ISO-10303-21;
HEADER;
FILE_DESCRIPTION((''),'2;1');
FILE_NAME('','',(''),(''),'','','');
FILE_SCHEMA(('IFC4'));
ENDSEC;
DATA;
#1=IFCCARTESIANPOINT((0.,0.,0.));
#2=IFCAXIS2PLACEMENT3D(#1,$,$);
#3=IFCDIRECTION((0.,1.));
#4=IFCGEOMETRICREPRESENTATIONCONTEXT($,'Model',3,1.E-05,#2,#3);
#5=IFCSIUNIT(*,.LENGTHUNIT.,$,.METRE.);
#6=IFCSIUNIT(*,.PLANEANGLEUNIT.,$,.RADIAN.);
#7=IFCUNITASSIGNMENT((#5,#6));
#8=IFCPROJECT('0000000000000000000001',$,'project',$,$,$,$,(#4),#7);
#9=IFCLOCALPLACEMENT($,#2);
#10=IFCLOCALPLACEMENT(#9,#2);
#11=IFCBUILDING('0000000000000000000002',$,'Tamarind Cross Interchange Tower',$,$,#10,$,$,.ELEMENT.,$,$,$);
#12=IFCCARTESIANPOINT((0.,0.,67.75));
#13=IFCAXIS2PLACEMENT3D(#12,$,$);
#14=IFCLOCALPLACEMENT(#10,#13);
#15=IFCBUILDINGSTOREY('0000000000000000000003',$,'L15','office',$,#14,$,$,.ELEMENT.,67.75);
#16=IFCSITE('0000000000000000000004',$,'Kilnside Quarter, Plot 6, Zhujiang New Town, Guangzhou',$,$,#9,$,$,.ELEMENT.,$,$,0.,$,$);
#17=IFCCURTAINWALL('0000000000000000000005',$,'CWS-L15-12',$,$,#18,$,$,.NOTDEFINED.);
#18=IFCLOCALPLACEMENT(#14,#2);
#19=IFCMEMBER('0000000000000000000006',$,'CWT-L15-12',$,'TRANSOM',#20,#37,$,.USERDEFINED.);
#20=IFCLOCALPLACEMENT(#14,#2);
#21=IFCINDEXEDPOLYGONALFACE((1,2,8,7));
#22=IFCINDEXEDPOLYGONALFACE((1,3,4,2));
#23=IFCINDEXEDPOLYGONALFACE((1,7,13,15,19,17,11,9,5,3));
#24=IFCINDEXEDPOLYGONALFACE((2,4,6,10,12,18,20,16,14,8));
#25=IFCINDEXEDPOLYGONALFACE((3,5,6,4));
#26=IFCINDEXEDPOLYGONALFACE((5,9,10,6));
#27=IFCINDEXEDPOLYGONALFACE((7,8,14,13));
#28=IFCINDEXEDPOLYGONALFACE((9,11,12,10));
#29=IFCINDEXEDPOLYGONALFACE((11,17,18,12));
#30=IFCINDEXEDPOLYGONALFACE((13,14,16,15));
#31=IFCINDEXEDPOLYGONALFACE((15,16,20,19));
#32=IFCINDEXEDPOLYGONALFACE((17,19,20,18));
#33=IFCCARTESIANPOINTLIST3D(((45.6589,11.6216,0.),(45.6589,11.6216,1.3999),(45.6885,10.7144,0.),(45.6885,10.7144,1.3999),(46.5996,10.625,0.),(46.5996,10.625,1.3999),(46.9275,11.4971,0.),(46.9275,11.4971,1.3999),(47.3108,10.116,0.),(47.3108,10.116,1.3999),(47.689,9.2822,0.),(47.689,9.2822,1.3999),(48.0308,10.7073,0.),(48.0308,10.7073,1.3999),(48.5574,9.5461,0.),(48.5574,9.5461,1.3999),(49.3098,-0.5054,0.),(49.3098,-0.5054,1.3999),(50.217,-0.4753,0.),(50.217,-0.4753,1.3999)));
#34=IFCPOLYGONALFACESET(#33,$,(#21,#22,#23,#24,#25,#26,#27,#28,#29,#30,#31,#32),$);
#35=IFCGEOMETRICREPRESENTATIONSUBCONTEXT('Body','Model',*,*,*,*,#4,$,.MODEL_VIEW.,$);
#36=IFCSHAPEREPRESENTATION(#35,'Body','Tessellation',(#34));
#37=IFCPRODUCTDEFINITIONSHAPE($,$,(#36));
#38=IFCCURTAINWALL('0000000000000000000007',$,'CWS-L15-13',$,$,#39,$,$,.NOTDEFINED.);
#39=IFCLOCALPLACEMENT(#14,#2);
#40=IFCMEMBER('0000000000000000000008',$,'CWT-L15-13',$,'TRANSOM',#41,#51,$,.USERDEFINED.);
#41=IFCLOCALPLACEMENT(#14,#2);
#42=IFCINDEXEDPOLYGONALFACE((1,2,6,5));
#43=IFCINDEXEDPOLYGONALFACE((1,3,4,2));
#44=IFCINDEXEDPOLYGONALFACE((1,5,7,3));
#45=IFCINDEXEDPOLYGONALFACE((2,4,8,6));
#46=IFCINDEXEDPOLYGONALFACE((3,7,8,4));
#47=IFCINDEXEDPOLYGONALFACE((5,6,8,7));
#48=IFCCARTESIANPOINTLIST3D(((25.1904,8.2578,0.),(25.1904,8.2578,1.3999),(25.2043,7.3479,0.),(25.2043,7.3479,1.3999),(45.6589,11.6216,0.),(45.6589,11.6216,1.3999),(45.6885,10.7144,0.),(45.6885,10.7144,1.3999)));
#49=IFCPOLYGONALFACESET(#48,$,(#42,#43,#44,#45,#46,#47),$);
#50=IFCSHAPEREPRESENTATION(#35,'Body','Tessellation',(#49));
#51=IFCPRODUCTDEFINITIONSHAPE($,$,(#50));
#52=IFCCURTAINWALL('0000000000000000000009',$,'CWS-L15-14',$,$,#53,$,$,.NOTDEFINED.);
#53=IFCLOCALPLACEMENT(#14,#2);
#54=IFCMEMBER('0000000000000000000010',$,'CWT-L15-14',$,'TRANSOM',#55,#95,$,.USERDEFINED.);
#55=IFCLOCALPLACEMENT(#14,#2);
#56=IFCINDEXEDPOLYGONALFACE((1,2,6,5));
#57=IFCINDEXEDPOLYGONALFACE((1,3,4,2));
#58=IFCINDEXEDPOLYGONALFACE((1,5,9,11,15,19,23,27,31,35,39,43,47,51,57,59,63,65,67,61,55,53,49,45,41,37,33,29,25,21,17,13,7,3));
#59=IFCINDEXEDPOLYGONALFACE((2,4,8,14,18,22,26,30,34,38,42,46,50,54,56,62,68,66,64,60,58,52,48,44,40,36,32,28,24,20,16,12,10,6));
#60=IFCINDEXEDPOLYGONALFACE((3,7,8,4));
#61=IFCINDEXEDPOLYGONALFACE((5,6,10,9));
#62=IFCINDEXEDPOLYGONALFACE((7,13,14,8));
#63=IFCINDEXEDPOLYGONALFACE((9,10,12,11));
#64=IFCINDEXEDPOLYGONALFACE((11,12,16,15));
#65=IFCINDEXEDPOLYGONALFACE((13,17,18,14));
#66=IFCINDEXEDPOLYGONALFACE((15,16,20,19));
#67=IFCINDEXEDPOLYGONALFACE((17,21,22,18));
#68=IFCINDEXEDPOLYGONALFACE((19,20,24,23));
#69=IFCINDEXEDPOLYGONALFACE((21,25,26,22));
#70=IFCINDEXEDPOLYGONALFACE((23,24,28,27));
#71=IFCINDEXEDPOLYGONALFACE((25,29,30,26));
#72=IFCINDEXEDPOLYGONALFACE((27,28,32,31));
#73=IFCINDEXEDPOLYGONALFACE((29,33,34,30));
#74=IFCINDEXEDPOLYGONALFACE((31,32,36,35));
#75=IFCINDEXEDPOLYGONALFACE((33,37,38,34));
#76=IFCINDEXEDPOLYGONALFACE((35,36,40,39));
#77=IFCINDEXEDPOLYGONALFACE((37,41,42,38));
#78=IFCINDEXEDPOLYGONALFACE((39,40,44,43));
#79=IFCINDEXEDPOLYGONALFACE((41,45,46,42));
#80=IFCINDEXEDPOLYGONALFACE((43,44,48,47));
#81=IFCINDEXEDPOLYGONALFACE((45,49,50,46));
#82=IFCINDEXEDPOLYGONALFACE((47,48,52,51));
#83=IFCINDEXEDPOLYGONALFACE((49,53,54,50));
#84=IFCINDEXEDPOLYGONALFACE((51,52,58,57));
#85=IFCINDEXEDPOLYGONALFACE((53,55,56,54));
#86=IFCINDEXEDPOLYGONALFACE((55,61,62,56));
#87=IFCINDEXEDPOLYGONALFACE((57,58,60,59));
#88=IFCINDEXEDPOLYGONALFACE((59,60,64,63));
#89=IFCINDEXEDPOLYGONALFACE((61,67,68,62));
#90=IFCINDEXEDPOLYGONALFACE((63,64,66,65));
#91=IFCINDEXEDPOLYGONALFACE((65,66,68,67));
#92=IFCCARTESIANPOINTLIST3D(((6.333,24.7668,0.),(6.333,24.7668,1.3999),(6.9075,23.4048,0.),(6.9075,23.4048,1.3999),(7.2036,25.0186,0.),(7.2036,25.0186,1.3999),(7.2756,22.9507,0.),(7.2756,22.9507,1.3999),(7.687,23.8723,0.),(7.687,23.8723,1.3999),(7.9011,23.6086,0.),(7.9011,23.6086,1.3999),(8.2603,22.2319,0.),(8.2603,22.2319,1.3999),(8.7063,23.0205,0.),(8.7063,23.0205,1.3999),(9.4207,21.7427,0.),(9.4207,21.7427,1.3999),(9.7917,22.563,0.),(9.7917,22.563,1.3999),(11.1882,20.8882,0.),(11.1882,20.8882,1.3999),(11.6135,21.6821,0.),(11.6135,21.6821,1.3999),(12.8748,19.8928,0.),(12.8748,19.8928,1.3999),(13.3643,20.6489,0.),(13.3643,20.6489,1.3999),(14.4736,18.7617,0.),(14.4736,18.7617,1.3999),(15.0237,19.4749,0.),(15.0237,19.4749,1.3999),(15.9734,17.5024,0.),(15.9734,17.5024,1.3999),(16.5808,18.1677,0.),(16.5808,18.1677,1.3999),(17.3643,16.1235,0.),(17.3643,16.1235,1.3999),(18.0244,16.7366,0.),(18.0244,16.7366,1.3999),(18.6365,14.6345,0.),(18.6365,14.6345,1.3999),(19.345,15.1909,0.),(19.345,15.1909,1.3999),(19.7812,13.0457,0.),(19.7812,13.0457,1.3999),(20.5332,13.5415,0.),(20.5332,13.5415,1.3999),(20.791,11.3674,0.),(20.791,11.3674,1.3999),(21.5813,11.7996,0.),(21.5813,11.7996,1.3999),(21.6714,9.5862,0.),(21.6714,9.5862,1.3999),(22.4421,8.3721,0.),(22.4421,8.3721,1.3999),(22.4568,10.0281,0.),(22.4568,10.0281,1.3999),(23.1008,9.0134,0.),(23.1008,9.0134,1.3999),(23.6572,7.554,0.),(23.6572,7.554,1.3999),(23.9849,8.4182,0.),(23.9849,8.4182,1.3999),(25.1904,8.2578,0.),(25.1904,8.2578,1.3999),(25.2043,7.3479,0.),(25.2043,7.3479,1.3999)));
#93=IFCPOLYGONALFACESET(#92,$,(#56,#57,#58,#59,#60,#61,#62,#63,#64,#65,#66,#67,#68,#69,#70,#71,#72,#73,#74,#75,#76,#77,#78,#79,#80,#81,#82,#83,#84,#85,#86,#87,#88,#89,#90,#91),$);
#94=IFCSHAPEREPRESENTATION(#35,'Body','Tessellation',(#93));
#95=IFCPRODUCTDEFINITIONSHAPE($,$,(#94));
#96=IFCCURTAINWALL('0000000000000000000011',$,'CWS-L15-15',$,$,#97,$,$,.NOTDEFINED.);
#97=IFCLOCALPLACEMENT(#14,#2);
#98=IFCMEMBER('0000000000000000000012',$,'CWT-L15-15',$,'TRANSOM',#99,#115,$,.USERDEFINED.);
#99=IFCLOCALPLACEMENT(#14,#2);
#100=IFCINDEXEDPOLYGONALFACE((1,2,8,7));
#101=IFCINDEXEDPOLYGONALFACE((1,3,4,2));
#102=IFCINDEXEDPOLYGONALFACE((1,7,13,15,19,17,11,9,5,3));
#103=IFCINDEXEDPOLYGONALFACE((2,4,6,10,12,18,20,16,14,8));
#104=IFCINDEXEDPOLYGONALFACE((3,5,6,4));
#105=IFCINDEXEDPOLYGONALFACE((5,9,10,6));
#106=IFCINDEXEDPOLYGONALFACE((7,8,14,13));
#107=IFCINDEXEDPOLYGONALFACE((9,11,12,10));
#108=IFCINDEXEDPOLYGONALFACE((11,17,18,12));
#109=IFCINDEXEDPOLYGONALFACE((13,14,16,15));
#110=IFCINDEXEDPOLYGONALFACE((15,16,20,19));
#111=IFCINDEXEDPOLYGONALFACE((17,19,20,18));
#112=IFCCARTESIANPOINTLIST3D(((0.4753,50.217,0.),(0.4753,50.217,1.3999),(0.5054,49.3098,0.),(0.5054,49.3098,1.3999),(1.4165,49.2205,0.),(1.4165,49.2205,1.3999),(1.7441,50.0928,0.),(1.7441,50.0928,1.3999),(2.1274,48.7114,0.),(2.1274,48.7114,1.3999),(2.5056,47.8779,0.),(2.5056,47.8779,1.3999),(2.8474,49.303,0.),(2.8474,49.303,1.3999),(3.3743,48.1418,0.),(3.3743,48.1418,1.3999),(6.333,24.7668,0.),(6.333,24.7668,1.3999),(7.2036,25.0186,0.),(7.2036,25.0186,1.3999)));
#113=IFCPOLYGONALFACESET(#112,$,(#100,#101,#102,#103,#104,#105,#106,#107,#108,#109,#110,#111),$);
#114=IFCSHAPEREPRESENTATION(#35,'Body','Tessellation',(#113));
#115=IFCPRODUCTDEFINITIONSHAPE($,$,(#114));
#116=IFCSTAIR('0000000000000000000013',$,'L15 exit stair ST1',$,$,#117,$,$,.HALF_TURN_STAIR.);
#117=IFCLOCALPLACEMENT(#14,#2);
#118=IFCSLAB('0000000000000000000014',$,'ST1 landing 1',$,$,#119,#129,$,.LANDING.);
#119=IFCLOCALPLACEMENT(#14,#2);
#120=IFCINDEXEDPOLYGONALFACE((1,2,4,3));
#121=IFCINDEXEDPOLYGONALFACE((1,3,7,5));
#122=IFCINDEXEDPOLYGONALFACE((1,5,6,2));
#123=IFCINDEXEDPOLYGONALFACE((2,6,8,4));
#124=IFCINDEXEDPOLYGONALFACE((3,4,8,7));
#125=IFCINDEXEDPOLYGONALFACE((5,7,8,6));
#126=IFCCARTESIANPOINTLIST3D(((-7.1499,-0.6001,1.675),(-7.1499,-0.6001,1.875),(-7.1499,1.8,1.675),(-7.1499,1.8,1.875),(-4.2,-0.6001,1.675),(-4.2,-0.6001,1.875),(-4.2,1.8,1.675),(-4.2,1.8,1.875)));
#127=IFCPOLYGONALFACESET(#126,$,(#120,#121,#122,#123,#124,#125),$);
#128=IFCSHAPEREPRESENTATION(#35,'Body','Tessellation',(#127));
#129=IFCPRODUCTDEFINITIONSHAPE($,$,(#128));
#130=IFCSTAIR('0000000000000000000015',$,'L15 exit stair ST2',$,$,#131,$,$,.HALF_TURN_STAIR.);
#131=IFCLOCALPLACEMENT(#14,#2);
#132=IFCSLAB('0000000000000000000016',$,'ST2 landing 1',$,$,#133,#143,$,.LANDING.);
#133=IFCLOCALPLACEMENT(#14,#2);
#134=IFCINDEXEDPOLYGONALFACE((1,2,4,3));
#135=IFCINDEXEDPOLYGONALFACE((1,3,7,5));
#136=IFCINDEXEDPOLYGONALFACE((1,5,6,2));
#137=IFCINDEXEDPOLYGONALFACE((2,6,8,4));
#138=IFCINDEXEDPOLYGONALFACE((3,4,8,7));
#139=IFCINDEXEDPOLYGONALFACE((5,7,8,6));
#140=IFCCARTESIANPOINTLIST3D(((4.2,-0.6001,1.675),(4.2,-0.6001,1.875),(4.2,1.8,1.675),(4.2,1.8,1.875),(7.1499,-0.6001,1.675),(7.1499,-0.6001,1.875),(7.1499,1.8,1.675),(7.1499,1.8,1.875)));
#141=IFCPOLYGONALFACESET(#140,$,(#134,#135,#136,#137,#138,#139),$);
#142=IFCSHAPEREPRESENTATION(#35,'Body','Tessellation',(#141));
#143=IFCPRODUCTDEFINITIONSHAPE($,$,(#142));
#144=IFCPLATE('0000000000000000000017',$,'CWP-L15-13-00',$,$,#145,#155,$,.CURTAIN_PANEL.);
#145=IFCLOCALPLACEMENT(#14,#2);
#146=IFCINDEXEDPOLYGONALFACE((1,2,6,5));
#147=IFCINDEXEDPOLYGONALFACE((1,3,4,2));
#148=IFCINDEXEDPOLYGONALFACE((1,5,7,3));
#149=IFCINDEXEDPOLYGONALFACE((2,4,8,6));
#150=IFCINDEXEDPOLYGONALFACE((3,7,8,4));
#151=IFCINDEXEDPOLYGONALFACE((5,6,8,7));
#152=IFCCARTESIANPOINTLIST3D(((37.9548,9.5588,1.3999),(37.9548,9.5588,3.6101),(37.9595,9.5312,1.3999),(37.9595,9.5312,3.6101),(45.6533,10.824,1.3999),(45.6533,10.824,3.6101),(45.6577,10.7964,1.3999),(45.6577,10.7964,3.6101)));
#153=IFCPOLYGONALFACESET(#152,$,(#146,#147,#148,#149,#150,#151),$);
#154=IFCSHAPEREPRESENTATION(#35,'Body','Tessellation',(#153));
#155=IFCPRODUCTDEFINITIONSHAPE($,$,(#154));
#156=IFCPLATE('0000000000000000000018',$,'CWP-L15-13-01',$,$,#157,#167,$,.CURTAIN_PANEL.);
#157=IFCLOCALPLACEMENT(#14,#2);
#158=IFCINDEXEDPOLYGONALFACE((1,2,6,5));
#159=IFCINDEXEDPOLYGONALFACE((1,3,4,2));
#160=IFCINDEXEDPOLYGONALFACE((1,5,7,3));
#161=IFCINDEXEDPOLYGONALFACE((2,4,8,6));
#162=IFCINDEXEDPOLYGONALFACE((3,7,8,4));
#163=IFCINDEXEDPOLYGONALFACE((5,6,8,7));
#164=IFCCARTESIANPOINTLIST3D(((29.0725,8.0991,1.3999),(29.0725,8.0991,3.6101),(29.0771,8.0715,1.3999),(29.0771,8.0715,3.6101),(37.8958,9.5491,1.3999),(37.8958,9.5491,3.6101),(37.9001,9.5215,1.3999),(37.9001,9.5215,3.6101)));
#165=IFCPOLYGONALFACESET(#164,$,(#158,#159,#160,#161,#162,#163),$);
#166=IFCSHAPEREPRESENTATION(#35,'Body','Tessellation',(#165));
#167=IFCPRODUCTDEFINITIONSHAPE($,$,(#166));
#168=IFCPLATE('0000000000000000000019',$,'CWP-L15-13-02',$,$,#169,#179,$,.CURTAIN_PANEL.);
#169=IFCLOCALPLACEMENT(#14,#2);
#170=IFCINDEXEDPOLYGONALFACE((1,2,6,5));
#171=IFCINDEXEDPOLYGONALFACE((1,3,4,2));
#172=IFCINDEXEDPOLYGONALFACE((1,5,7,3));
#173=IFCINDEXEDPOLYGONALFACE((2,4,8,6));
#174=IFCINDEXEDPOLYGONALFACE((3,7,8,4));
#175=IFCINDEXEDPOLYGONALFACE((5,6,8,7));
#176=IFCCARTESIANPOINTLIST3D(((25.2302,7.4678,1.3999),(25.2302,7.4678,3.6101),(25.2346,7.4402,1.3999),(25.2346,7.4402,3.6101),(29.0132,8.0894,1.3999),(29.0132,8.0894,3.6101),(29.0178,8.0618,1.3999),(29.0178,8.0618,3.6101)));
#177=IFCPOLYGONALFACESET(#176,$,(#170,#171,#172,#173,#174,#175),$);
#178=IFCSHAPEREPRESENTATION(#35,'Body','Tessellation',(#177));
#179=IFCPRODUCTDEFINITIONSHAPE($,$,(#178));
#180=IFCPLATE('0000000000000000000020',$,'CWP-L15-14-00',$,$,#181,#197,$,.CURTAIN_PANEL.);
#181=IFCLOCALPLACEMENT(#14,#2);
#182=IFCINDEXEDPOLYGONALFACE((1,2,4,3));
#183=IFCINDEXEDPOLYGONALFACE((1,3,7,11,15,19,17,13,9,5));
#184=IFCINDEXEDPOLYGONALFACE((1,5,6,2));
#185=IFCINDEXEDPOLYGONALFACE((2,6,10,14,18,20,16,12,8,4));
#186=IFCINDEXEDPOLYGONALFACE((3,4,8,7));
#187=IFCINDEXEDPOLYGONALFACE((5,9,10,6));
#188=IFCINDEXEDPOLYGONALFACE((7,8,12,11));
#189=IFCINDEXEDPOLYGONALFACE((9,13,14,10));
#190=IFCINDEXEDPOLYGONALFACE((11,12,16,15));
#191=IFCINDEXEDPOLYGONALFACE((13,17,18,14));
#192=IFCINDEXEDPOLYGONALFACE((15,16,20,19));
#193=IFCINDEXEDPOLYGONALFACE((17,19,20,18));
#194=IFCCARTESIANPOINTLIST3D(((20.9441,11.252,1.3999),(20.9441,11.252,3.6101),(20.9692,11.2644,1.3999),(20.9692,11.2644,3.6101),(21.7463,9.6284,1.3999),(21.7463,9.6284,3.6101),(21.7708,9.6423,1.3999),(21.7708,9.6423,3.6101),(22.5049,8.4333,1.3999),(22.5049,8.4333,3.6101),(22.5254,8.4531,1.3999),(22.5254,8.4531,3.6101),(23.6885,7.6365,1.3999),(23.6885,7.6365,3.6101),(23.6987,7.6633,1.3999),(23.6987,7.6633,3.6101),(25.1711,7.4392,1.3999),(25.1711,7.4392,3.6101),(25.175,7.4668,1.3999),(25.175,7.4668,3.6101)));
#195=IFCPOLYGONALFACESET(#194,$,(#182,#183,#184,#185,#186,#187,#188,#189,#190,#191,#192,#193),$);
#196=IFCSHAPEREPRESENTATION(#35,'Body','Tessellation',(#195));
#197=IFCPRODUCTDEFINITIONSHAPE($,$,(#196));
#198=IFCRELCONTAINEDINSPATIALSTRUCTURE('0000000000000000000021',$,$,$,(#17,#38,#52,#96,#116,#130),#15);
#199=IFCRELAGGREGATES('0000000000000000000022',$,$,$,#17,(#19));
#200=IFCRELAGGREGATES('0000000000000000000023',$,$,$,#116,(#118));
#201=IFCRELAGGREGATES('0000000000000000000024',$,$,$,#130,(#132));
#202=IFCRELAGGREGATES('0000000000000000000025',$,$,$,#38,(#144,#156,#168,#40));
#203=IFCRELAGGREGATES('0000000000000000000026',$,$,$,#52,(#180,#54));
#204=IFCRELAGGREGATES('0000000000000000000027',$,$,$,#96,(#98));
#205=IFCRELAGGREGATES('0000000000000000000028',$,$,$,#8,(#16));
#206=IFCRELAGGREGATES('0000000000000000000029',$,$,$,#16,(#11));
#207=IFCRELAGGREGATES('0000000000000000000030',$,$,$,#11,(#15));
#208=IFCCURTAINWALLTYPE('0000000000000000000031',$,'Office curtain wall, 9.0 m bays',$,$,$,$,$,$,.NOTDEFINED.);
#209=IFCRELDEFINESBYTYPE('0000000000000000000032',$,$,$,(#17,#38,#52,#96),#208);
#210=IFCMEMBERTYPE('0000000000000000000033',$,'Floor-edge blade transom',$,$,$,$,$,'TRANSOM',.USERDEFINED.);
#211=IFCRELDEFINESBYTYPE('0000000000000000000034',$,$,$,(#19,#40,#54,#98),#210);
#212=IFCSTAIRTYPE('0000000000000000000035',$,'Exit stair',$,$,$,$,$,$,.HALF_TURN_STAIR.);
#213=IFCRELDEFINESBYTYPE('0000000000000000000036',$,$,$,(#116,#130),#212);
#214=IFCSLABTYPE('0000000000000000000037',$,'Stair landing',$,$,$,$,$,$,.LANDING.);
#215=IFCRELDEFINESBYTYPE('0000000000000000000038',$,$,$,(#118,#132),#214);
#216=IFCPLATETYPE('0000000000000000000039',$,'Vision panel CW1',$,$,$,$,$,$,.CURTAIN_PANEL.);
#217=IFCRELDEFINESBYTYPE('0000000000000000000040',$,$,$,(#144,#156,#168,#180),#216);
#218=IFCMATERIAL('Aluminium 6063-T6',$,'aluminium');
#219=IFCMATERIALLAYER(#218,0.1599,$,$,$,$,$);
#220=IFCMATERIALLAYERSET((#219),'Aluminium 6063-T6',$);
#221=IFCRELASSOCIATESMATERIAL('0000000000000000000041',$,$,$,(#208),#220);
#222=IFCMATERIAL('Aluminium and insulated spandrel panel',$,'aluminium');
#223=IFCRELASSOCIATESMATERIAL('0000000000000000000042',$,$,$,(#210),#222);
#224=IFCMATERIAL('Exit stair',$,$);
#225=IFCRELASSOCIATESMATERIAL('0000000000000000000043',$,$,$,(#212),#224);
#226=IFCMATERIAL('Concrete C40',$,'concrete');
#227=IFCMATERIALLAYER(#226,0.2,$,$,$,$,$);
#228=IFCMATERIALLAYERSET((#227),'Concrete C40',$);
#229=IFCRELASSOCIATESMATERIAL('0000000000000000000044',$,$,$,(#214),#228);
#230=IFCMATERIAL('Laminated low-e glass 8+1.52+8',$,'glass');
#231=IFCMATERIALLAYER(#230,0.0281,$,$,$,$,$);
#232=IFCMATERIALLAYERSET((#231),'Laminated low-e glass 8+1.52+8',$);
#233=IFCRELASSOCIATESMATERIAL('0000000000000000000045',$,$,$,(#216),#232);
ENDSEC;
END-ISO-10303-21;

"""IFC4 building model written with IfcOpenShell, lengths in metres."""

from ifc_helpers import new_model, si_unit, direction, frame, origin, place, context, subcontext, project, spatial, polyline, outline, extrude, material, layer, layer_set, type_object, element, aggregate, save


model = new_model("IFC4")

# Units and contexts
model_context = context("Model", 3, precision=1e-05, world=origin(), true_north=direction((0.0, 1.0)))
body_context = subcontext(model_context, "Body", "Model", "MODEL_VIEW")
ifc_project = project(units=[si_unit("LENGTHUNIT", "METRE"), si_unit("PLANEANGLEUNIT", "RADIAN")], contexts=[model_context])

# Site, building, storey
site_placement = place(None, origin())
site = spatial("IfcSite", under=ifc_project, at=site_placement, Name="Kilnside Quarter, Plot 6, Zhujiang New Town, Guangzhou", CompositionType="ELEMENT", RefElevation=0.0)
building_placement = place(site_placement, origin())
building = spatial("IfcBuilding", under=site, at=building_placement, Name="Tamarind Cross Interchange Tower", CompositionType="ELEMENT")
storey_placement = place(building_placement, frame((0.0, 0.0, 67.75)))
storey = spatial("IfcBuildingStorey", under=building, at=storey_placement, Name="L15", Description="office", CompositionType="ELEMENT", Elevation=67.75)

# Curtain walls, members
ifc_material_1 = material(Name="Aluminium 6063-T6", Category="aluminium")
ifc_layer_1 = layer(ifc_material_1, 0.1599)
ifc_layer_set_1 = layer_set([ifc_layer_1], Name="Aluminium 6063-T6")
curtain_wall_type = type_object("IfcCurtainWallType", Name="Office curtain wall, 9.0 m bays", PredefinedType="NOTDEFINED", material=ifc_layer_set_1)
curtain_wall_1_placement = place(storey_placement, origin())
curtain_wall_1 = element("IfcCurtainWall", 1, at=curtain_wall_1_placement, inside=storey, type_object=curtain_wall_type, Name="CWS-L15-12", PredefinedType="NOTDEFINED")
ifc_material_2 = material(Name="Aluminium and insulated spandrel panel", Category="aluminium")
member_type = type_object("IfcMemberType", Name="Floor-edge blade transom", ElementType="TRANSOM", PredefinedType="USERDEFINED", material=ifc_material_2)
member_1_placement = place(storey_placement, origin())
member_1 = element("IfcMember", 2, at=member_1_placement, type_object=member_type, Name="CWT-L15-12", ObjectType="TRANSOM", PredefinedType="USERDEFINED", context=body_context, shape_type="SweptSolid", body=[
    extrude(outline(polyline([(49.3098, -0.5054), (47.689, 9.2822), (47.3108, 10.116), (46.5996, 10.625), (45.6885, 10.7144), (45.6589, 11.6216), (46.9275, 11.4971), (48.0308, 10.7073), (48.5574, 9.5461), (50.217, -0.4753), (49.3098, -0.5054)])), origin(), (0.0, 0.0, 1.0), 1.3999),
])
aggregate(curtain_wall_1, [member_1])
curtain_wall_2_placement = place(storey_placement, origin())
curtain_wall_2 = element("IfcCurtainWall", 3, at=curtain_wall_2_placement, inside=storey, type_object=curtain_wall_type, Name="CWS-L15-13", PredefinedType="NOTDEFINED")
member_2_placement = place(storey_placement, origin())
member_2 = element("IfcMember", 4, at=member_2_placement, type_object=member_type, Name="CWT-L15-13", ObjectType="TRANSOM", PredefinedType="USERDEFINED", context=body_context, shape_type="SweptSolid", body=[
    extrude(outline(polyline([(45.6885, 10.7144), (25.2043, 7.3479), (25.1904, 8.2578), (45.6589, 11.6216), (45.6885, 10.7144)])), origin(), (0.0, 0.0, 1.0), 1.3999),
])
curtain_wall_3_placement = place(storey_placement, origin())
curtain_wall_3 = element("IfcCurtainWall", 5, at=curtain_wall_3_placement, inside=storey, type_object=curtain_wall_type, Name="CWS-L15-14", PredefinedType="NOTDEFINED")
member_3_placement = place(storey_placement, origin())
member_3 = element("IfcMember", 6, at=member_3_placement, type_object=member_type, Name="CWT-L15-14", ObjectType="TRANSOM", PredefinedType="USERDEFINED", context=body_context, shape_type="SweptSolid", body=[
    extrude(outline(polyline([(25.2043, 7.3479), (23.6572, 7.554), (22.4421, 8.3721), (21.6714, 9.5862), (20.791, 11.3674), (19.7812, 13.0457), (18.6365, 14.6345), (17.3643, 16.1235), (15.9734, 17.5024), (14.4736, 18.7617), (12.8748, 19.8928), (11.1882, 20.8882), (9.4207, 21.7427), (8.2603, 22.2319), (7.2756, 22.9507), (6.9075, 23.4048), (6.333, 24.7668), (7.2036, 25.0186), (7.687, 23.8723), (7.9011, 23.6086), (8.7063, 23.0205), (9.7917, 22.563), (11.6135, 21.6821), (13.3643, 20.6489), (15.0237, 19.4749), (16.5808, 18.1677), (18.0244, 16.7366), (19.345, 15.1909), (20.5332, 13.5415), (21.5813, 11.7996), (22.4568, 10.0281), (23.1008, 9.0134), (23.9849, 8.4182), (25.1904, 8.2578), (25.2043, 7.3479)])), origin(), (0.0, 0.0, 1.0), 1.3999),
])
curtain_wall_4_placement = place(storey_placement, origin())
curtain_wall_4 = element("IfcCurtainWall", 7, at=curtain_wall_4_placement, inside=storey, type_object=curtain_wall_type, Name="CWS-L15-15", PredefinedType="NOTDEFINED")
member_4_placement = place(storey_placement, origin())
member_4 = element("IfcMember", 8, at=member_4_placement, type_object=member_type, Name="CWT-L15-15", ObjectType="TRANSOM", PredefinedType="USERDEFINED", context=body_context, shape_type="SweptSolid", body=[
    extrude(outline(polyline([(6.333, 24.7668), (2.5056, 47.8779), (2.1274, 48.7114), (1.4165, 49.2205), (0.5054, 49.3098), (0.4753, 50.217), (1.7441, 50.0928), (2.8474, 49.303), (3.3743, 48.1418), (7.2036, 25.0186), (6.333, 24.7668)])), origin(), (0.0, 0.0, 1.0), 1.3999),
])

# Stairs, slabs
ifc_material_3 = material(Name="Exit stair")
stair_type = type_object("IfcStairType", Name="Exit stair", PredefinedType="HALF_TURN_STAIR", material=ifc_material_3)
stair_1_placement = place(storey_placement, origin())
stair_1 = element("IfcStair", 9, at=stair_1_placement, inside=storey, type_object=stair_type, Name="L15 exit stair ST1", PredefinedType="HALF_TURN_STAIR")
ifc_material_4 = material(Name="Concrete C40", Category="concrete")
ifc_layer_2 = layer(ifc_material_4, 0.2)
ifc_layer_set_2 = layer_set([ifc_layer_2], Name="Concrete C40")
slab_type = type_object("IfcSlabType", Name="Stair landing", PredefinedType="LANDING", material=ifc_layer_set_2)
slab_1_placement = place(storey_placement, frame((0.0, 0.0, 1.675)))
slab_1 = element("IfcSlab", 10, at=slab_1_placement, type_object=slab_type, Name="ST1 landing 1", PredefinedType="LANDING", context=body_context, shape_type="SweptSolid", body=[
    extrude(outline(polyline([(-4.2, -0.6001), (-4.2, 1.8), (-7.1499, 1.8), (-7.1499, -0.6001), (-4.2, -0.6001)])), origin(), (0.0, 0.0, 1.0), 0.2),
])
aggregate(stair_1, [slab_1])
stair_2_placement = place(storey_placement, origin())
stair_2 = element("IfcStair", 11, at=stair_2_placement, inside=storey, type_object=stair_type, Name="L15 exit stair ST2", PredefinedType="HALF_TURN_STAIR")
slab_2_placement = place(storey_placement, frame((0.0, 0.0, 1.675)))
slab_2 = element("IfcSlab", 12, at=slab_2_placement, type_object=slab_type, Name="ST2 landing 1", PredefinedType="LANDING", context=body_context, shape_type="SweptSolid", body=[
    extrude(outline(polyline([(7.1499, -0.6001), (7.1499, 1.8), (4.2, 1.8), (4.2, -0.6001), (7.1499, -0.6001)])), origin(), (0.0, 0.0, 1.0), 0.2),
])
aggregate(stair_2, [slab_2])

# Plates
ifc_material_5 = material(Name="Laminated low-e glass 8+1.52+8", Category="glass")
ifc_layer_3 = layer(ifc_material_5, 0.0281)
ifc_layer_set_3 = layer_set([ifc_layer_3], Name="Laminated low-e glass 8+1.52+8")
plate_type = type_object("IfcPlateType", Name="Vision panel CW1", PredefinedType="CURTAIN_PANEL", material=ifc_layer_set_3)
plate_1_placement = place(storey_placement, frame((0.0, 0.0, 1.3999)))
plate_1 = element("IfcPlate", 13, at=plate_1_placement, type_object=plate_type, Name="CWP-L15-13-00", PredefinedType="CURTAIN_PANEL", context=body_context, shape_type="SweptSolid", body=[
    extrude(outline(polyline([(45.6577, 10.7964), (37.9595, 9.5312), (37.9548, 9.5588), (45.6533, 10.824), (45.6577, 10.7964)])), origin(), (0.0, 0.0, 1.0), 2.2102),
])
plate_2_placement = place(storey_placement, frame((0.0, 0.0, 1.3999)))
plate_2 = element("IfcPlate", 14, at=plate_2_placement, type_object=plate_type, Name="CWP-L15-13-01", PredefinedType="CURTAIN_PANEL", context=body_context, shape_type="SweptSolid", body=[
    extrude(outline(polyline([(37.9001, 9.5215), (29.0771, 8.0715), (29.0725, 8.0991), (37.8958, 9.5491), (37.9001, 9.5215)])), origin(), (0.0, 0.0, 1.0), 2.2102),
])
plate_3_placement = place(storey_placement, frame((0.0, 0.0, 1.3999)))
plate_3 = element("IfcPlate", 15, at=plate_3_placement, type_object=plate_type, Name="CWP-L15-13-02", PredefinedType="CURTAIN_PANEL", context=body_context, shape_type="SweptSolid", body=[
    extrude(outline(polyline([(29.0178, 8.0618), (25.2346, 7.4402), (25.2302, 7.4678), (29.0132, 8.0894), (29.0178, 8.0618)])), origin(), (0.0, 0.0, 1.0), 2.2102),
])
aggregate(curtain_wall_2, [plate_1, plate_2, plate_3, member_2])
plate_4_placement = place(storey_placement, frame((0.0, 0.0, 1.3999)))
plate_4 = element("IfcPlate", 16, at=plate_4_placement, type_object=plate_type, Name="CWP-L15-14-00", PredefinedType="CURTAIN_PANEL", context=body_context, shape_type="SweptSolid", body=[
    extrude(outline(polyline([(25.1711, 7.4392), (23.6885, 7.6365), (22.5049, 8.4333), (21.7463, 9.6284), (20.9441, 11.252), (20.9692, 11.2644), (21.7708, 9.6423), (22.5254, 8.4531), (23.6987, 7.6633), (25.175, 7.4668), (25.1711, 7.4392)])), origin(), (0.0, 0.0, 1.0), 2.2102),
])
aggregate(curtain_wall_3, [plate_4, member_3])
aggregate(curtain_wall_4, [member_4])

save(model, "model.ifc")
